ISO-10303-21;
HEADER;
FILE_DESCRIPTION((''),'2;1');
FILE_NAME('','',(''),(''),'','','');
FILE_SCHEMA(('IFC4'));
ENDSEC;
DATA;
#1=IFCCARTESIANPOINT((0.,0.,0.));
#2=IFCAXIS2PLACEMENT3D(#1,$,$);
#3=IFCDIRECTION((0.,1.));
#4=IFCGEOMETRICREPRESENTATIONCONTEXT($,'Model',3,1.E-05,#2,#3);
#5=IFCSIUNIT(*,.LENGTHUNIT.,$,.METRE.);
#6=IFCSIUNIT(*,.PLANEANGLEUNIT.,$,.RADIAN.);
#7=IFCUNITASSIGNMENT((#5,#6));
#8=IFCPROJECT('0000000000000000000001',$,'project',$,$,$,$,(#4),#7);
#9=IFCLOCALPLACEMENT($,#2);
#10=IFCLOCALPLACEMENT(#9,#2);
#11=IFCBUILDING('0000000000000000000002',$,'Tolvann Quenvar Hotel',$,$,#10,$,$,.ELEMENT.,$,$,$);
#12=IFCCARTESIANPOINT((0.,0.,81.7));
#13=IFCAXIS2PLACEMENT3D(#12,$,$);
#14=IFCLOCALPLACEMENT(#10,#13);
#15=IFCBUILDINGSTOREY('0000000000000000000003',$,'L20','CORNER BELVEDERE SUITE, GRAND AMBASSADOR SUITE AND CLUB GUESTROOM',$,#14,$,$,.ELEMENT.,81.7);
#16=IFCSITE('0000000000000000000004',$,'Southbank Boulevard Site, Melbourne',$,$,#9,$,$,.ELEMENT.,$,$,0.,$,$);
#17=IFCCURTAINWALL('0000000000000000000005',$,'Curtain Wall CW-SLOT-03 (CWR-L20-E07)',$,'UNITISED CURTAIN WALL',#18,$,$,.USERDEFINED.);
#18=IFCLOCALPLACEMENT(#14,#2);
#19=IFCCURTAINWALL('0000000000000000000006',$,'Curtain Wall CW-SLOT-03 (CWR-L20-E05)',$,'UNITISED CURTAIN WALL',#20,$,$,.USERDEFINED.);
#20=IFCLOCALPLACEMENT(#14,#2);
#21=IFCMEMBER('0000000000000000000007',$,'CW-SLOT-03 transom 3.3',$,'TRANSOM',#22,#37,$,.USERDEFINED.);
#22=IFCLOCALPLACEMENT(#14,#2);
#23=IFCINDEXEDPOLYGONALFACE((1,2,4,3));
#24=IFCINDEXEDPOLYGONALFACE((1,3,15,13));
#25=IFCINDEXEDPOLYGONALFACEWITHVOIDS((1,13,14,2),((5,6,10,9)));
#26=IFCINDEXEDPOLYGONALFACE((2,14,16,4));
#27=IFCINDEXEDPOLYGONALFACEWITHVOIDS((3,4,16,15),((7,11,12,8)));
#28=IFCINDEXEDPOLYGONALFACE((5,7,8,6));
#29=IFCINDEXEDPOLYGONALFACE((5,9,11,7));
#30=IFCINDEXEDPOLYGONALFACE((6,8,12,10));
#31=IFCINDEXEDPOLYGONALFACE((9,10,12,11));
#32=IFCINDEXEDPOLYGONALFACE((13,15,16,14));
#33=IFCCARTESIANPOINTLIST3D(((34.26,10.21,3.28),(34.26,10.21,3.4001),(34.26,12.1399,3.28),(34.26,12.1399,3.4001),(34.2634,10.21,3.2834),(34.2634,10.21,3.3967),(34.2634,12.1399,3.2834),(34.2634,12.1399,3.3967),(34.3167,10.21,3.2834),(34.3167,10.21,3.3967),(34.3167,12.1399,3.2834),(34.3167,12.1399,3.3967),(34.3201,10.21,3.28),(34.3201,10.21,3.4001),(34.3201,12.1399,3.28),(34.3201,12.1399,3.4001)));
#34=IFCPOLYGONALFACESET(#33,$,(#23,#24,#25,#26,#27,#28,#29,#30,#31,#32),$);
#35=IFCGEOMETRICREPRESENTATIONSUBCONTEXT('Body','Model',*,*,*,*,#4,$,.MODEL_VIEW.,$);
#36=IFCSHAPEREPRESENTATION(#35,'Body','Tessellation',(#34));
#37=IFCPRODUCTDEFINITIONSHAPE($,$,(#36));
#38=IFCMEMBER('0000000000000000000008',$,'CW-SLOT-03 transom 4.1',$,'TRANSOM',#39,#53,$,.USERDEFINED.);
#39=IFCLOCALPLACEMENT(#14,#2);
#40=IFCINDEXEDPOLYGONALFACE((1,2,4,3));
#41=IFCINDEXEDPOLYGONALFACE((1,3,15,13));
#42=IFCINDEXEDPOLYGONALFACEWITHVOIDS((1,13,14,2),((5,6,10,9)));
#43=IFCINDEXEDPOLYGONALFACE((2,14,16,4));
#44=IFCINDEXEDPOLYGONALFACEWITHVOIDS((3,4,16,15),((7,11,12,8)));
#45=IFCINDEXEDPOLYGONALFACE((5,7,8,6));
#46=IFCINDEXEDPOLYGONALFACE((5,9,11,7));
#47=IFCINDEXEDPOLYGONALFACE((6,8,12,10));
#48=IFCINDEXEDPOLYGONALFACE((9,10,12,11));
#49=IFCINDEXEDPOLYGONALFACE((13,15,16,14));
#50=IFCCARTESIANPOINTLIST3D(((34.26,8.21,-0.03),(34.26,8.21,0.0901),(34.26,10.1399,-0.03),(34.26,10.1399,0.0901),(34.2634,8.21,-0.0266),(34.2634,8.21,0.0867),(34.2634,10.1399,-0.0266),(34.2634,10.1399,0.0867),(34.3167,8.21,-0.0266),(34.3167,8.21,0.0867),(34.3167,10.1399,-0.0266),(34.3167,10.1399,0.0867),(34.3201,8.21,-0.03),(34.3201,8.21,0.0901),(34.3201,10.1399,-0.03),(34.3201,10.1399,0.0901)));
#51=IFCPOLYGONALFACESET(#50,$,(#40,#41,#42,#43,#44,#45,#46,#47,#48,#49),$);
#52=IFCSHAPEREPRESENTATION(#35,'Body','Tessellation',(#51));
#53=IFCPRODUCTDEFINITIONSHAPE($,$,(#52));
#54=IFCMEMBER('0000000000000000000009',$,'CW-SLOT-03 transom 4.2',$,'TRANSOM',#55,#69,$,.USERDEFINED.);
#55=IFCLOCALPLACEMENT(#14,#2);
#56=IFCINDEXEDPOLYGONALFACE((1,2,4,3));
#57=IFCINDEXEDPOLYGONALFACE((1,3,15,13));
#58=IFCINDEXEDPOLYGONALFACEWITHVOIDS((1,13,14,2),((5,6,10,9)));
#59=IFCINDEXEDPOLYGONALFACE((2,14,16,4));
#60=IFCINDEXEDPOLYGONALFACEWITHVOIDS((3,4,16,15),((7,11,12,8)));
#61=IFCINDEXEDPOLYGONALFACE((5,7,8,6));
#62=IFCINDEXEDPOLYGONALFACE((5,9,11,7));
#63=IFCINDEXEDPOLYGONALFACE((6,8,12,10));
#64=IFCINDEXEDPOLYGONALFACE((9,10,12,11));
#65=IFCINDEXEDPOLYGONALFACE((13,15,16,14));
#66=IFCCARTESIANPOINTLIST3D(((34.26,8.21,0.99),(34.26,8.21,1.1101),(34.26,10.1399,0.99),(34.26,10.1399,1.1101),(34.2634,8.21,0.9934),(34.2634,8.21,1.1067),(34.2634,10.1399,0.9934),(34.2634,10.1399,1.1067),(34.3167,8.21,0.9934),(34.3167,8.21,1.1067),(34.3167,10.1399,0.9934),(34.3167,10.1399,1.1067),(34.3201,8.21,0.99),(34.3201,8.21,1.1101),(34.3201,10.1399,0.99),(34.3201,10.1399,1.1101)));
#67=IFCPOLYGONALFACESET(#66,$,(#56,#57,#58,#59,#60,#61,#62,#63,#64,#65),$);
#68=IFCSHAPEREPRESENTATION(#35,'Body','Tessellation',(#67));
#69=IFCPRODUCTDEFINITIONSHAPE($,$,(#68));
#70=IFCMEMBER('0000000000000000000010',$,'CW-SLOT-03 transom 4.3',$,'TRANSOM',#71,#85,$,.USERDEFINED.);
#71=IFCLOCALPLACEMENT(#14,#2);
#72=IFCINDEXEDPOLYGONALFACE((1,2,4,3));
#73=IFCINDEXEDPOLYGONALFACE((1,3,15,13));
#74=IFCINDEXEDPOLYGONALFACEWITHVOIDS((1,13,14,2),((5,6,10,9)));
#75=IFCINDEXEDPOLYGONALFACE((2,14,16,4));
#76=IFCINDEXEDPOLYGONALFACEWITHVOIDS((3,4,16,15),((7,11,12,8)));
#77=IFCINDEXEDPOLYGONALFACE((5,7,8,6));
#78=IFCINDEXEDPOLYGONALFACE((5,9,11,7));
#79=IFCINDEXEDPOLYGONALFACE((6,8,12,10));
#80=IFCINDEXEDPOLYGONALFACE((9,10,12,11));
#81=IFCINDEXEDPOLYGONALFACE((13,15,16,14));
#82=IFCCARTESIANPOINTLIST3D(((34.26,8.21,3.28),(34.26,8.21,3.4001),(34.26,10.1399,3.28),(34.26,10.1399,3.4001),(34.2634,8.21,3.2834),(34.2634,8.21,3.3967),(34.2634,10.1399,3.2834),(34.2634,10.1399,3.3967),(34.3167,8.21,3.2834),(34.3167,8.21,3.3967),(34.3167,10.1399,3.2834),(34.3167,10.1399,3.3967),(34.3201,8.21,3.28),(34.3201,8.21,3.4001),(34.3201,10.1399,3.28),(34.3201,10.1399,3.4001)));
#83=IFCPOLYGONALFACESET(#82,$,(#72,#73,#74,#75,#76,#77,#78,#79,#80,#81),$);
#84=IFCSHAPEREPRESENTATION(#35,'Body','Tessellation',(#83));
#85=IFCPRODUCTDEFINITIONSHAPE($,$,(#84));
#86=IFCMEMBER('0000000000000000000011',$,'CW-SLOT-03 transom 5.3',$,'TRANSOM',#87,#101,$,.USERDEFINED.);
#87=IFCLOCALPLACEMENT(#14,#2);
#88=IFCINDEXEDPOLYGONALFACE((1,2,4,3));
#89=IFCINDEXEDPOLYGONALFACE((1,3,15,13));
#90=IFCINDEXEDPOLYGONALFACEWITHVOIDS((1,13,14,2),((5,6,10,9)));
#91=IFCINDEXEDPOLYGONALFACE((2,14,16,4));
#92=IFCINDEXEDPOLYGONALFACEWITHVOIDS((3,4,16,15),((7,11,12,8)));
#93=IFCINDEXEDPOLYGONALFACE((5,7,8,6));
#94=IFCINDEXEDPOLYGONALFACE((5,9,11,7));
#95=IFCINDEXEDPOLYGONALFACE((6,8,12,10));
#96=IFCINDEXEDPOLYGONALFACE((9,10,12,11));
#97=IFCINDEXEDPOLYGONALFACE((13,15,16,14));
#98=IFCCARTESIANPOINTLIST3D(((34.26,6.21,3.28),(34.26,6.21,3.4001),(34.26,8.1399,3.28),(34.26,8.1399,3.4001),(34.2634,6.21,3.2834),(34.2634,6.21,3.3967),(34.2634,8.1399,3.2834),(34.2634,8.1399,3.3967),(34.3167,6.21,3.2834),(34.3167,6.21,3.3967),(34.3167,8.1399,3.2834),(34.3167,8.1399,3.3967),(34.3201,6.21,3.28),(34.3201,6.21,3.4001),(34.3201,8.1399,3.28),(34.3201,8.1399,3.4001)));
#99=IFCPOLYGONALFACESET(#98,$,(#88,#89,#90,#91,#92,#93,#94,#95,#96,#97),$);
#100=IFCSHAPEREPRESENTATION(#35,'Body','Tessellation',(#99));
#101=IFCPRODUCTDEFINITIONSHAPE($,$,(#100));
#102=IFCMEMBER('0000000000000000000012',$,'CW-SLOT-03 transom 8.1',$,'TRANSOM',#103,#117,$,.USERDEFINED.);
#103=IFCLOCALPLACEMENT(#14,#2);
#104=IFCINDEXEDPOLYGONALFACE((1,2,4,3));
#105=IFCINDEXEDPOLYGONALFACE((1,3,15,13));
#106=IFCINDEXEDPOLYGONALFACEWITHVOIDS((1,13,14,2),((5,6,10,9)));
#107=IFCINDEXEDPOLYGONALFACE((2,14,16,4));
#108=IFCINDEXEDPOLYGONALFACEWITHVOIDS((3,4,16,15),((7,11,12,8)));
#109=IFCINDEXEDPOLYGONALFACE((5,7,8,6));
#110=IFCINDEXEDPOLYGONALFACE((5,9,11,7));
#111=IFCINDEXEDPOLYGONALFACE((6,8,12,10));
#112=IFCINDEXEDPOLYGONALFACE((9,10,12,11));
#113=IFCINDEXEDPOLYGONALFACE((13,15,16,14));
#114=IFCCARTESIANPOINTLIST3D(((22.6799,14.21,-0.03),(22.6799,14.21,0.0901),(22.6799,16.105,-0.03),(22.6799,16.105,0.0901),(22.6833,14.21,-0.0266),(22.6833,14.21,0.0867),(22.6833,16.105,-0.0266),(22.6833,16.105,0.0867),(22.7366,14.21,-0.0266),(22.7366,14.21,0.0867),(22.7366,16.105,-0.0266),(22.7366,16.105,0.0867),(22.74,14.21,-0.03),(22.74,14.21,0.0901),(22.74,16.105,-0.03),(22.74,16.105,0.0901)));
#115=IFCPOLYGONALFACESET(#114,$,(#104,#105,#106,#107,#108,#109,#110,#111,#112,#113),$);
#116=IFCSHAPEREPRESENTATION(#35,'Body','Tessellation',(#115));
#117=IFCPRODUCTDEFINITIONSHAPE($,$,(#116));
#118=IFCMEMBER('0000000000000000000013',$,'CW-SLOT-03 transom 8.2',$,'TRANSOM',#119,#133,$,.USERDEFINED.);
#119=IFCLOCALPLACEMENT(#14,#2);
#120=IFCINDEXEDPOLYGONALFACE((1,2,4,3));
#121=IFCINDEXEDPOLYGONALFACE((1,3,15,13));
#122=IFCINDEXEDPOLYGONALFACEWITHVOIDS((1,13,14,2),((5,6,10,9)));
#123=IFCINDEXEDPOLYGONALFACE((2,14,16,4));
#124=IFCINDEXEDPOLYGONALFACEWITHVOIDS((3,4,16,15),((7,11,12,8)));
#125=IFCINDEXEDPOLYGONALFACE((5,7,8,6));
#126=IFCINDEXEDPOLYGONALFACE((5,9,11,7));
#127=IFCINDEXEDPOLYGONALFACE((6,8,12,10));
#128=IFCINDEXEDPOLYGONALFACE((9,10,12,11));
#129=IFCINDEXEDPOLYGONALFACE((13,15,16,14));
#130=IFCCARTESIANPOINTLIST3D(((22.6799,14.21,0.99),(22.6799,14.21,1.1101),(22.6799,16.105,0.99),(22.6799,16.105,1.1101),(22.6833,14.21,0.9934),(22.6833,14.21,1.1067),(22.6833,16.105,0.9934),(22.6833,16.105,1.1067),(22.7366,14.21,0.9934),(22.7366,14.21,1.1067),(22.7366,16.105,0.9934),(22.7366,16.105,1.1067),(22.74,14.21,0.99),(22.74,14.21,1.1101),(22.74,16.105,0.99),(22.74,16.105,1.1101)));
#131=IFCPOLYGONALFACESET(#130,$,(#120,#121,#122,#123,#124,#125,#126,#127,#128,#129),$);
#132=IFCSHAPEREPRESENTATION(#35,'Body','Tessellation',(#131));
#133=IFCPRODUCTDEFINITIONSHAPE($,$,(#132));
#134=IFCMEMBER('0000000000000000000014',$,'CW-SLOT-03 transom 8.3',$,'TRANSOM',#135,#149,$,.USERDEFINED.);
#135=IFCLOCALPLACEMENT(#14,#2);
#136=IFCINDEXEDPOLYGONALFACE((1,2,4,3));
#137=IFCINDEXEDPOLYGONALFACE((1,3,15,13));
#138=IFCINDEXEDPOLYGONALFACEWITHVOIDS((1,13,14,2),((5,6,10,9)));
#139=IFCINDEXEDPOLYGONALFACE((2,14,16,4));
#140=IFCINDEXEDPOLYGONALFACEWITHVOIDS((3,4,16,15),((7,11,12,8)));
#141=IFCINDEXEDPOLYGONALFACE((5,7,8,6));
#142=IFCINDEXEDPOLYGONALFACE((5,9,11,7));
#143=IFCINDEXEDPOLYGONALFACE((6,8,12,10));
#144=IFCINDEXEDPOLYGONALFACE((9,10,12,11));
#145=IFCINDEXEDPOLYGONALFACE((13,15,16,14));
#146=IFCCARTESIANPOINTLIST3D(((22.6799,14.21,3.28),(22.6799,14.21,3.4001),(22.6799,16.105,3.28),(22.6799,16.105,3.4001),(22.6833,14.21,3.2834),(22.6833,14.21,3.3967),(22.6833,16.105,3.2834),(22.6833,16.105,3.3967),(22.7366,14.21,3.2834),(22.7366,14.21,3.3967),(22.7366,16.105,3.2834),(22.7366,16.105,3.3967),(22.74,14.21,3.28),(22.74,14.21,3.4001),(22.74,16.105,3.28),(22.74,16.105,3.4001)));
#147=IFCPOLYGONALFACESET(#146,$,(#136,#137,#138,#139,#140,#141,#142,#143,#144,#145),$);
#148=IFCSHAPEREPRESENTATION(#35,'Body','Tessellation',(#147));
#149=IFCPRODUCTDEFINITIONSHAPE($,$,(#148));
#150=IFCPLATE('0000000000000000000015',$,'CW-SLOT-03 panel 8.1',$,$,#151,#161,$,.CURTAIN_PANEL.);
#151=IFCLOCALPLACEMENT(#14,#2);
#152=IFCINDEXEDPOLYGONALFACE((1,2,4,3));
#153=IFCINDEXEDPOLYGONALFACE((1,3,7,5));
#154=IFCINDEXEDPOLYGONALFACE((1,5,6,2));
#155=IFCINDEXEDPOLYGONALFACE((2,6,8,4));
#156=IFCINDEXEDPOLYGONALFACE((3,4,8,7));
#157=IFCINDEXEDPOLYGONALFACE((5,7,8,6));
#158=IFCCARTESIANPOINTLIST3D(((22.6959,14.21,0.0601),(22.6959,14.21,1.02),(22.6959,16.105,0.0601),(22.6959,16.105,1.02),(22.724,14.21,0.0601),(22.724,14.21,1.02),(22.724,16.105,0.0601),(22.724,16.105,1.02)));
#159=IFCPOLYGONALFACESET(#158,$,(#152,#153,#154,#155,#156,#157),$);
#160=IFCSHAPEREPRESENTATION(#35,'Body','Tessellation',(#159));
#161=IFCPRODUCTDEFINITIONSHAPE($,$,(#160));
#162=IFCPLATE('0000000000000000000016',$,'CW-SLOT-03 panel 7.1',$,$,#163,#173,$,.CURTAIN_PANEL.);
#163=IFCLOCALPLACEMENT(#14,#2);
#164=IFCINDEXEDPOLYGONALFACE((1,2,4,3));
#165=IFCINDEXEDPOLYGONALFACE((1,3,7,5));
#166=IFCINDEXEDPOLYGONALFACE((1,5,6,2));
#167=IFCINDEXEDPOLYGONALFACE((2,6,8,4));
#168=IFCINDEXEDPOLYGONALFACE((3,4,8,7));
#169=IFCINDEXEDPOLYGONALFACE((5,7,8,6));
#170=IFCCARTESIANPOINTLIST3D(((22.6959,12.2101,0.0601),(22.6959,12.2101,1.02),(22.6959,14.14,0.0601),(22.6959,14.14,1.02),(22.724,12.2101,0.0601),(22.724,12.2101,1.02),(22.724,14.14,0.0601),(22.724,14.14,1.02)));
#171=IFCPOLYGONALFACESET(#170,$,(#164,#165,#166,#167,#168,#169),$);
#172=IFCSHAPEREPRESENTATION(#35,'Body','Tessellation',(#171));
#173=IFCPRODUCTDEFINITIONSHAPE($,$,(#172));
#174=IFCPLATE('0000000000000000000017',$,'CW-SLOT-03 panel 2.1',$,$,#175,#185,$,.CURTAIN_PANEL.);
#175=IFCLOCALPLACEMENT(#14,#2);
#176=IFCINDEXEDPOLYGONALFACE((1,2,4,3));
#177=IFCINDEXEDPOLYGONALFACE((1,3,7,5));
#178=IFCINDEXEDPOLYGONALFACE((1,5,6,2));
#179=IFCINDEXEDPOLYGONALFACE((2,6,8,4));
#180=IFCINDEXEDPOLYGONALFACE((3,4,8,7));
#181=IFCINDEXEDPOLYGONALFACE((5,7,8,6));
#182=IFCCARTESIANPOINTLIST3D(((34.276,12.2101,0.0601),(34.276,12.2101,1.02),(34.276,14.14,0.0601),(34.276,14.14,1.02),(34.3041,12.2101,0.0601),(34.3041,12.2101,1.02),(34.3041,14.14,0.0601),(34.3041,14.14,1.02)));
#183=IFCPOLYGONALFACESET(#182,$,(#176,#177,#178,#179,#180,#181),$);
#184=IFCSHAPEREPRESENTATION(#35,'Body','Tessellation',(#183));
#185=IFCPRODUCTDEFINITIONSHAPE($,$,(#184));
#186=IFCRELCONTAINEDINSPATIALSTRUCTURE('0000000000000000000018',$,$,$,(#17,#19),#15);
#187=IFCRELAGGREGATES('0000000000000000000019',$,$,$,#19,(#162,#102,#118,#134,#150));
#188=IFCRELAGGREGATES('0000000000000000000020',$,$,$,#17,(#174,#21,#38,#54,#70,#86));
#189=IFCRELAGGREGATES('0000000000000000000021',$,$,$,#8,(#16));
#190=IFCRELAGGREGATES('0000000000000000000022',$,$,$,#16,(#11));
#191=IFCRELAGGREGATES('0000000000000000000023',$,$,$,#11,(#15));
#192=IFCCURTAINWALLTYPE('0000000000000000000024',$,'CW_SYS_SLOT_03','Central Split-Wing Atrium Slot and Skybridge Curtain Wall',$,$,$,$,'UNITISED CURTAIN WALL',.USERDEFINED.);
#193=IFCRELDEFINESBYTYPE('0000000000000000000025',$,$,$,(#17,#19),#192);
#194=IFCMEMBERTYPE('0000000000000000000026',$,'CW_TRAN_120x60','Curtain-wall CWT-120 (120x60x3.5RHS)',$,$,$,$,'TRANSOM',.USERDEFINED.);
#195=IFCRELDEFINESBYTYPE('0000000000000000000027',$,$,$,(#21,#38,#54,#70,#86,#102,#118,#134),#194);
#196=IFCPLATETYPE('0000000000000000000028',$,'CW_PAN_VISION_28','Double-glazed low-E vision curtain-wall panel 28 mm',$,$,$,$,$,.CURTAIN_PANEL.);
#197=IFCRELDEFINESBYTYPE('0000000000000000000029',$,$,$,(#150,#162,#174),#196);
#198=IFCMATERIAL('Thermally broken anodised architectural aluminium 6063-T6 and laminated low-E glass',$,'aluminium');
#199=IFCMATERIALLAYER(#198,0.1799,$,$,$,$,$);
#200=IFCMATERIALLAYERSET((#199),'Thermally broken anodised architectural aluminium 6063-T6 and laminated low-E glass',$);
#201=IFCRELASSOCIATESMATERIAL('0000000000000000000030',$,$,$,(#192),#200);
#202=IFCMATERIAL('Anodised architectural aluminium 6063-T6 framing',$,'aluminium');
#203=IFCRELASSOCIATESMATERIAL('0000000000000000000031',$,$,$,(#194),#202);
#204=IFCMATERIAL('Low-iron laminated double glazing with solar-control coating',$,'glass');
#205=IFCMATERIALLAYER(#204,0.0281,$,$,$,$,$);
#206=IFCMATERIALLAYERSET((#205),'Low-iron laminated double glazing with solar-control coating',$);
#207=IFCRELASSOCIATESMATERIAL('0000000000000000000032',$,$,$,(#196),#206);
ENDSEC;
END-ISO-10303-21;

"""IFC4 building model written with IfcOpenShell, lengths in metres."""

from ifc_helpers import new_model, si_unit, direction, frame, origin, origin_2d, place, context, subcontext, project, spatial, rectangle, hollow_rectangle, extrude, source, transform, mapped, material, layer, layer_set, material_profile, profile_set, type_object, type_shapes, element, aggregate, save


model = new_model("IFC4")

# Units and contexts
model_context = context("Model", 3, precision=1e-05, world=origin(), true_north=direction((0.0, 1.0)))
body_context = subcontext(model_context, "Body", "Model", "MODEL_VIEW")
ifc_project = project(units=[si_unit("LENGTHUNIT", "METRE"), si_unit("PLANEANGLEUNIT", "RADIAN")], contexts=[model_context])

# Site, building, storey
site_placement = place(None, origin())
site = spatial("IfcSite", under=ifc_project, at=site_placement, Name="Southbank Boulevard Site, Melbourne", CompositionType="ELEMENT", RefElevation=0.0)
building_placement = place(site_placement, origin())
building = spatial("IfcBuilding", under=site, at=building_placement, Name="Tolvann Quenvar Hotel", CompositionType="ELEMENT")
storey_placement = place(building_placement, frame((0.0, 0.0, 81.7)))
storey = spatial("IfcBuildingStorey", under=building, at=storey_placement, Name="L20", Description="CORNER BELVEDERE SUITE, GRAND AMBASSADOR SUITE AND CLUB GUESTROOM", CompositionType="ELEMENT", Elevation=81.7)

# Curtain wall
ifc_material_1 = material(Name="Thermally broken anodised architectural aluminium 6063-T6 and laminated low-E glass", Category="aluminium")
ifc_layer_1 = layer(ifc_material_1, 0.1799)
ifc_layer_set_1 = layer_set([ifc_layer_1], Name="Thermally broken anodised architectural aluminium 6063-T6 and laminated low-E glass")
curtain_wall_type = type_object("IfcCurtainWallType", Name="CW_SYS_SLOT_03", Description="Central Split-Wing Atrium Slot and Skybridge Curtain Wall", ElementType="UNITISED CURTAIN WALL", PredefinedType="USERDEFINED", material=ifc_layer_set_1)
curtain_wall_1_placement = place(storey_placement, origin())
curtain_wall_1 = element("IfcCurtainWall", 1, at=curtain_wall_1_placement, inside=storey, type_object=curtain_wall_type, Name="Curtain Wall CW-SLOT-03 (CWR-L20-E07)", ObjectType="UNITISED CURTAIN WALL", PredefinedType="USERDEFINED")
ifc_material_2 = material(Name="Anodised architectural aluminium 6063-T6 framing", Category="aluminium")

# Curtain wall
curtain_wall_2_placement = place(storey_placement, origin())
curtain_wall_2 = element("IfcCurtainWall", 2, at=curtain_wall_2_placement, inside=storey, type_object=curtain_wall_type, Name="Curtain Wall CW-SLOT-03 (CWR-L20-E05)", ObjectType="UNITISED CURTAIN WALL", PredefinedType="USERDEFINED")
ifc_material_profile_1 = material_profile(ifc_material_2, hollow_rectangle(XDim=0.0601, YDim=0.1201, WallThickness=0.0034, at=origin_2d()), Name="120x60x3.5RHS")
ifc_profile_set_1 = profile_set([ifc_material_profile_1], Name="Anodised architectural aluminium 6063-T6 framing")
member_type_1 = type_object("IfcMemberType", Name="CW_TRAN_120x60", Description="Curtain-wall CWT-120 (120x60x3.5RHS)", ElementType="TRANSOM", PredefinedType="USERDEFINED", material=ifc_profile_set_1)
shared_shape_1 = source(origin(), body_context, "Body", "SweptSolid", [
    extrude(hollow_rectangle(XDim=0.0601, YDim=0.1201, WallThickness=0.0034, at=origin_2d()), origin(), (0.0, 0.0, 1.0), 1.9299),
])

# Members
member_1_placement = place(storey_placement, frame((34.29, 12.1399, 3.3401), z_axis=(0.0, -1.0, 0.0), x_axis=(1.0, 0.0, 0.0)))
member_1 = element("IfcMember", 3, at=member_1_placement, type_object=member_type_1, Name="CW-SLOT-03 transom 3.3", ObjectType="TRANSOM", PredefinedType="USERDEFINED", context=body_context, shape_type="MappedRepresentation", body=[
    mapped(shared_shape_1, transform((0.0, 0.0, 0.0), x_axis=(1.0, 0.0, 0.0), y_axis=(0.0, 1.0, 0.0), z_axis=(0.0, 0.0, 1.0), scale=1.0)),
])
member_2_placement = place(storey_placement, frame((34.29, 10.1399, 0.03), z_axis=(0.0, -1.0, 0.0), x_axis=(1.0, 0.0, 0.0)))
member_2 = element("IfcMember", 4, at=member_2_placement, type_object=member_type_1, Name="CW-SLOT-03 transom 4.1", ObjectType="TRANSOM", PredefinedType="USERDEFINED", context=body_context, shape_type="MappedRepresentation", body=[
    mapped(shared_shape_1, transform((0.0, 0.0, 0.0), x_axis=(1.0, 0.0, 0.0), y_axis=(0.0, 1.0, 0.0), z_axis=(0.0, 0.0, 1.0), scale=1.0)),
])
member_3_placement = place(storey_placement, frame((34.29, 10.1399, 1.05), z_axis=(0.0, -1.0, 0.0), x_axis=(1.0, 0.0, 0.0)))
member_3 = element("IfcMember", 5, at=member_3_placement, type_object=member_type_1, Name="CW-SLOT-03 transom 4.2", ObjectType="TRANSOM", PredefinedType="USERDEFINED", context=body_context, shape_type="MappedRepresentation", body=[
    mapped(shared_shape_1, transform((0.0, 0.0, 0.0), x_axis=(1.0, 0.0, 0.0), y_axis=(0.0, 1.0, 0.0), z_axis=(0.0, 0.0, 1.0), scale=1.0)),
])
member_4_placement = place(storey_placement, frame((34.29, 10.1399, 3.3401), z_axis=(0.0, -1.0, 0.0), x_axis=(1.0, 0.0, 0.0)))
member_4 = element("IfcMember", 6, at=member_4_placement, type_object=member_type_1, Name="CW-SLOT-03 transom 4.3", ObjectType="TRANSOM", PredefinedType="USERDEFINED", context=body_context, shape_type="MappedRepresentation", body=[
    mapped(shared_shape_1, transform((0.0, 0.0, 0.0), x_axis=(1.0, 0.0, 0.0), y_axis=(0.0, 1.0, 0.0), z_axis=(0.0, 0.0, 1.0), scale=1.0)),
])
member_5_placement = place(storey_placement, frame((34.29, 8.1399, 3.3401), z_axis=(0.0, -1.0, 0.0), x_axis=(1.0, 0.0, 0.0)))
member_5 = element("IfcMember", 7, at=member_5_placement, type_object=member_type_1, Name="CW-SLOT-03 transom 5.3", ObjectType="TRANSOM", PredefinedType="USERDEFINED", context=body_context, shape_type="MappedRepresentation", body=[
    mapped(shared_shape_1, transform((0.0, 0.0, 0.0), x_axis=(1.0, 0.0, 0.0), y_axis=(0.0, 1.0, 0.0), z_axis=(0.0, 0.0, 1.0), scale=1.0)),
])
shared_shape_2 = source(origin(), body_context, "Body", "SweptSolid", [
    extrude(hollow_rectangle(XDim=0.0601, YDim=0.1201, WallThickness=0.0034, at=origin_2d()), origin(), (0.0, 0.0, 1.0), 1.895),
])
type_shapes(member_type_1, [shared_shape_1, shared_shape_2])
member_6_placement = place(storey_placement, frame((22.71, 14.21, 0.03), z_axis=(0.0, 1.0, 0.0), x_axis=(-1.0, 0.0, 0.0)))
member_6 = element("IfcMember", 8, at=member_6_placement, type_object=member_type_1, Name="CW-SLOT-03 transom 8.1", ObjectType="TRANSOM", PredefinedType="USERDEFINED", context=body_context, shape_type="MappedRepresentation", body=[
    mapped(shared_shape_2, transform((0.0, 0.0, 0.0), x_axis=(1.0, 0.0, 0.0), y_axis=(0.0, 1.0, 0.0), z_axis=(0.0, 0.0, 1.0), scale=1.0)),
])
member_7_placement = place(storey_placement, frame((22.71, 14.21, 1.05), z_axis=(0.0, 1.0, 0.0), x_axis=(-1.0, 0.0, 0.0)))
member_7 = element("IfcMember", 9, at=member_7_placement, type_object=member_type_1, Name="CW-SLOT-03 transom 8.2", ObjectType="TRANSOM", PredefinedType="USERDEFINED", context=body_context, shape_type="MappedRepresentation", body=[
    mapped(shared_shape_2, transform((0.0, 0.0, 0.0), x_axis=(1.0, 0.0, 0.0), y_axis=(0.0, 1.0, 0.0), z_axis=(0.0, 0.0, 1.0), scale=1.0)),
])
member_8_placement = place(storey_placement, frame((22.71, 14.21, 3.3401), z_axis=(0.0, 1.0, 0.0), x_axis=(-1.0, 0.0, 0.0)))
member_8 = element("IfcMember", 10, at=member_8_placement, type_object=member_type_1, Name="CW-SLOT-03 transom 8.3", ObjectType="TRANSOM", PredefinedType="USERDEFINED", context=body_context, shape_type="MappedRepresentation", body=[
    mapped(shared_shape_2, transform((0.0, 0.0, 0.0), x_axis=(1.0, 0.0, 0.0), y_axis=(0.0, 1.0, 0.0), z_axis=(0.0, 0.0, 1.0), scale=1.0)),
])

# Plates
ifc_material_3 = material(Name="Low-iron laminated double glazing with solar-control coating", Category="glass")
ifc_layer_2 = layer(ifc_material_3, 0.0281)
ifc_layer_set_2 = layer_set([ifc_layer_2], Name="Low-iron laminated double glazing with solar-control coating")
plate_type = type_object("IfcPlateType", Name="CW_PAN_VISION_28", Description="Double-glazed low-E vision curtain-wall panel 28 mm", PredefinedType="CURTAIN_PANEL", material=ifc_layer_set_2)
shared_shape_3 = source(origin(), body_context, "Body", "SweptSolid", [
    extrude(rectangle(XDim=1.895, YDim=0.0281, at=origin_2d()), origin(), (0.0, 0.0, 1.0), 0.96),
])
plate_1_placement = place(storey_placement, frame((22.71, 15.1575, 0.0601), z_axis=(0.0, 0.0, 1.0), x_axis=(0.0, 1.0, 0.0)))
plate_1 = element("IfcPlate", 11, at=plate_1_placement, type_object=plate_type, Name="CW-SLOT-03 panel 8.1", PredefinedType="CURTAIN_PANEL", context=body_context, shape_type="MappedRepresentation", body=[
    mapped(shared_shape_3, transform((0.0, 0.0, 0.0), x_axis=(1.0, 0.0, 0.0), y_axis=(0.0, 1.0, 0.0), z_axis=(0.0, 0.0, 1.0), scale=1.0)),
])
shared_shape_4 = source(origin(), body_context, "Body", "SweptSolid", [
    extrude(rectangle(XDim=1.9299, YDim=0.0281, at=origin_2d()), origin(), (0.0, 0.0, 1.0), 0.96),
])
plate_2_placement = place(storey_placement, frame((22.71, 13.175, 0.0601), z_axis=(0.0, 0.0, 1.0), x_axis=(0.0, 1.0, 0.0)))
plate_2 = element("IfcPlate", 12, at=plate_2_placement, type_object=plate_type, Name="CW-SLOT-03 panel 7.1", PredefinedType="CURTAIN_PANEL", context=body_context, shape_type="MappedRepresentation", body=[
    mapped(shared_shape_4, transform((0.0, 0.0, 0.0), x_axis=(1.0, 0.0, 0.0), y_axis=(0.0, 1.0, 0.0), z_axis=(0.0, 0.0, 1.0), scale=1.0)),
])
plate_3_placement = place(storey_placement, frame((34.29, 13.175, 0.0601), z_axis=(0.0, 0.0, 1.0), x_axis=(0.0, -1.0, 0.0)))
plate_3 = element("IfcPlate", 13, at=plate_3_placement, type_object=plate_type, Name="CW-SLOT-03 panel 2.1", PredefinedType="CURTAIN_PANEL", context=body_context, shape_type="MappedRepresentation", body=[
    mapped(shared_shape_4, transform((0.0, 0.0, 0.0), x_axis=(1.0, 0.0, 0.0), y_axis=(0.0, 1.0, 0.0), z_axis=(0.0, 0.0, 1.0), scale=1.0)),
])
aggregate(curtain_wall_2, [plate_2, member_6, member_7, member_8, plate_1])
aggregate(curtain_wall_1, [plate_3, member_1, member_2, member_3, member_4, member_5])

save(model, "model.ifc")
